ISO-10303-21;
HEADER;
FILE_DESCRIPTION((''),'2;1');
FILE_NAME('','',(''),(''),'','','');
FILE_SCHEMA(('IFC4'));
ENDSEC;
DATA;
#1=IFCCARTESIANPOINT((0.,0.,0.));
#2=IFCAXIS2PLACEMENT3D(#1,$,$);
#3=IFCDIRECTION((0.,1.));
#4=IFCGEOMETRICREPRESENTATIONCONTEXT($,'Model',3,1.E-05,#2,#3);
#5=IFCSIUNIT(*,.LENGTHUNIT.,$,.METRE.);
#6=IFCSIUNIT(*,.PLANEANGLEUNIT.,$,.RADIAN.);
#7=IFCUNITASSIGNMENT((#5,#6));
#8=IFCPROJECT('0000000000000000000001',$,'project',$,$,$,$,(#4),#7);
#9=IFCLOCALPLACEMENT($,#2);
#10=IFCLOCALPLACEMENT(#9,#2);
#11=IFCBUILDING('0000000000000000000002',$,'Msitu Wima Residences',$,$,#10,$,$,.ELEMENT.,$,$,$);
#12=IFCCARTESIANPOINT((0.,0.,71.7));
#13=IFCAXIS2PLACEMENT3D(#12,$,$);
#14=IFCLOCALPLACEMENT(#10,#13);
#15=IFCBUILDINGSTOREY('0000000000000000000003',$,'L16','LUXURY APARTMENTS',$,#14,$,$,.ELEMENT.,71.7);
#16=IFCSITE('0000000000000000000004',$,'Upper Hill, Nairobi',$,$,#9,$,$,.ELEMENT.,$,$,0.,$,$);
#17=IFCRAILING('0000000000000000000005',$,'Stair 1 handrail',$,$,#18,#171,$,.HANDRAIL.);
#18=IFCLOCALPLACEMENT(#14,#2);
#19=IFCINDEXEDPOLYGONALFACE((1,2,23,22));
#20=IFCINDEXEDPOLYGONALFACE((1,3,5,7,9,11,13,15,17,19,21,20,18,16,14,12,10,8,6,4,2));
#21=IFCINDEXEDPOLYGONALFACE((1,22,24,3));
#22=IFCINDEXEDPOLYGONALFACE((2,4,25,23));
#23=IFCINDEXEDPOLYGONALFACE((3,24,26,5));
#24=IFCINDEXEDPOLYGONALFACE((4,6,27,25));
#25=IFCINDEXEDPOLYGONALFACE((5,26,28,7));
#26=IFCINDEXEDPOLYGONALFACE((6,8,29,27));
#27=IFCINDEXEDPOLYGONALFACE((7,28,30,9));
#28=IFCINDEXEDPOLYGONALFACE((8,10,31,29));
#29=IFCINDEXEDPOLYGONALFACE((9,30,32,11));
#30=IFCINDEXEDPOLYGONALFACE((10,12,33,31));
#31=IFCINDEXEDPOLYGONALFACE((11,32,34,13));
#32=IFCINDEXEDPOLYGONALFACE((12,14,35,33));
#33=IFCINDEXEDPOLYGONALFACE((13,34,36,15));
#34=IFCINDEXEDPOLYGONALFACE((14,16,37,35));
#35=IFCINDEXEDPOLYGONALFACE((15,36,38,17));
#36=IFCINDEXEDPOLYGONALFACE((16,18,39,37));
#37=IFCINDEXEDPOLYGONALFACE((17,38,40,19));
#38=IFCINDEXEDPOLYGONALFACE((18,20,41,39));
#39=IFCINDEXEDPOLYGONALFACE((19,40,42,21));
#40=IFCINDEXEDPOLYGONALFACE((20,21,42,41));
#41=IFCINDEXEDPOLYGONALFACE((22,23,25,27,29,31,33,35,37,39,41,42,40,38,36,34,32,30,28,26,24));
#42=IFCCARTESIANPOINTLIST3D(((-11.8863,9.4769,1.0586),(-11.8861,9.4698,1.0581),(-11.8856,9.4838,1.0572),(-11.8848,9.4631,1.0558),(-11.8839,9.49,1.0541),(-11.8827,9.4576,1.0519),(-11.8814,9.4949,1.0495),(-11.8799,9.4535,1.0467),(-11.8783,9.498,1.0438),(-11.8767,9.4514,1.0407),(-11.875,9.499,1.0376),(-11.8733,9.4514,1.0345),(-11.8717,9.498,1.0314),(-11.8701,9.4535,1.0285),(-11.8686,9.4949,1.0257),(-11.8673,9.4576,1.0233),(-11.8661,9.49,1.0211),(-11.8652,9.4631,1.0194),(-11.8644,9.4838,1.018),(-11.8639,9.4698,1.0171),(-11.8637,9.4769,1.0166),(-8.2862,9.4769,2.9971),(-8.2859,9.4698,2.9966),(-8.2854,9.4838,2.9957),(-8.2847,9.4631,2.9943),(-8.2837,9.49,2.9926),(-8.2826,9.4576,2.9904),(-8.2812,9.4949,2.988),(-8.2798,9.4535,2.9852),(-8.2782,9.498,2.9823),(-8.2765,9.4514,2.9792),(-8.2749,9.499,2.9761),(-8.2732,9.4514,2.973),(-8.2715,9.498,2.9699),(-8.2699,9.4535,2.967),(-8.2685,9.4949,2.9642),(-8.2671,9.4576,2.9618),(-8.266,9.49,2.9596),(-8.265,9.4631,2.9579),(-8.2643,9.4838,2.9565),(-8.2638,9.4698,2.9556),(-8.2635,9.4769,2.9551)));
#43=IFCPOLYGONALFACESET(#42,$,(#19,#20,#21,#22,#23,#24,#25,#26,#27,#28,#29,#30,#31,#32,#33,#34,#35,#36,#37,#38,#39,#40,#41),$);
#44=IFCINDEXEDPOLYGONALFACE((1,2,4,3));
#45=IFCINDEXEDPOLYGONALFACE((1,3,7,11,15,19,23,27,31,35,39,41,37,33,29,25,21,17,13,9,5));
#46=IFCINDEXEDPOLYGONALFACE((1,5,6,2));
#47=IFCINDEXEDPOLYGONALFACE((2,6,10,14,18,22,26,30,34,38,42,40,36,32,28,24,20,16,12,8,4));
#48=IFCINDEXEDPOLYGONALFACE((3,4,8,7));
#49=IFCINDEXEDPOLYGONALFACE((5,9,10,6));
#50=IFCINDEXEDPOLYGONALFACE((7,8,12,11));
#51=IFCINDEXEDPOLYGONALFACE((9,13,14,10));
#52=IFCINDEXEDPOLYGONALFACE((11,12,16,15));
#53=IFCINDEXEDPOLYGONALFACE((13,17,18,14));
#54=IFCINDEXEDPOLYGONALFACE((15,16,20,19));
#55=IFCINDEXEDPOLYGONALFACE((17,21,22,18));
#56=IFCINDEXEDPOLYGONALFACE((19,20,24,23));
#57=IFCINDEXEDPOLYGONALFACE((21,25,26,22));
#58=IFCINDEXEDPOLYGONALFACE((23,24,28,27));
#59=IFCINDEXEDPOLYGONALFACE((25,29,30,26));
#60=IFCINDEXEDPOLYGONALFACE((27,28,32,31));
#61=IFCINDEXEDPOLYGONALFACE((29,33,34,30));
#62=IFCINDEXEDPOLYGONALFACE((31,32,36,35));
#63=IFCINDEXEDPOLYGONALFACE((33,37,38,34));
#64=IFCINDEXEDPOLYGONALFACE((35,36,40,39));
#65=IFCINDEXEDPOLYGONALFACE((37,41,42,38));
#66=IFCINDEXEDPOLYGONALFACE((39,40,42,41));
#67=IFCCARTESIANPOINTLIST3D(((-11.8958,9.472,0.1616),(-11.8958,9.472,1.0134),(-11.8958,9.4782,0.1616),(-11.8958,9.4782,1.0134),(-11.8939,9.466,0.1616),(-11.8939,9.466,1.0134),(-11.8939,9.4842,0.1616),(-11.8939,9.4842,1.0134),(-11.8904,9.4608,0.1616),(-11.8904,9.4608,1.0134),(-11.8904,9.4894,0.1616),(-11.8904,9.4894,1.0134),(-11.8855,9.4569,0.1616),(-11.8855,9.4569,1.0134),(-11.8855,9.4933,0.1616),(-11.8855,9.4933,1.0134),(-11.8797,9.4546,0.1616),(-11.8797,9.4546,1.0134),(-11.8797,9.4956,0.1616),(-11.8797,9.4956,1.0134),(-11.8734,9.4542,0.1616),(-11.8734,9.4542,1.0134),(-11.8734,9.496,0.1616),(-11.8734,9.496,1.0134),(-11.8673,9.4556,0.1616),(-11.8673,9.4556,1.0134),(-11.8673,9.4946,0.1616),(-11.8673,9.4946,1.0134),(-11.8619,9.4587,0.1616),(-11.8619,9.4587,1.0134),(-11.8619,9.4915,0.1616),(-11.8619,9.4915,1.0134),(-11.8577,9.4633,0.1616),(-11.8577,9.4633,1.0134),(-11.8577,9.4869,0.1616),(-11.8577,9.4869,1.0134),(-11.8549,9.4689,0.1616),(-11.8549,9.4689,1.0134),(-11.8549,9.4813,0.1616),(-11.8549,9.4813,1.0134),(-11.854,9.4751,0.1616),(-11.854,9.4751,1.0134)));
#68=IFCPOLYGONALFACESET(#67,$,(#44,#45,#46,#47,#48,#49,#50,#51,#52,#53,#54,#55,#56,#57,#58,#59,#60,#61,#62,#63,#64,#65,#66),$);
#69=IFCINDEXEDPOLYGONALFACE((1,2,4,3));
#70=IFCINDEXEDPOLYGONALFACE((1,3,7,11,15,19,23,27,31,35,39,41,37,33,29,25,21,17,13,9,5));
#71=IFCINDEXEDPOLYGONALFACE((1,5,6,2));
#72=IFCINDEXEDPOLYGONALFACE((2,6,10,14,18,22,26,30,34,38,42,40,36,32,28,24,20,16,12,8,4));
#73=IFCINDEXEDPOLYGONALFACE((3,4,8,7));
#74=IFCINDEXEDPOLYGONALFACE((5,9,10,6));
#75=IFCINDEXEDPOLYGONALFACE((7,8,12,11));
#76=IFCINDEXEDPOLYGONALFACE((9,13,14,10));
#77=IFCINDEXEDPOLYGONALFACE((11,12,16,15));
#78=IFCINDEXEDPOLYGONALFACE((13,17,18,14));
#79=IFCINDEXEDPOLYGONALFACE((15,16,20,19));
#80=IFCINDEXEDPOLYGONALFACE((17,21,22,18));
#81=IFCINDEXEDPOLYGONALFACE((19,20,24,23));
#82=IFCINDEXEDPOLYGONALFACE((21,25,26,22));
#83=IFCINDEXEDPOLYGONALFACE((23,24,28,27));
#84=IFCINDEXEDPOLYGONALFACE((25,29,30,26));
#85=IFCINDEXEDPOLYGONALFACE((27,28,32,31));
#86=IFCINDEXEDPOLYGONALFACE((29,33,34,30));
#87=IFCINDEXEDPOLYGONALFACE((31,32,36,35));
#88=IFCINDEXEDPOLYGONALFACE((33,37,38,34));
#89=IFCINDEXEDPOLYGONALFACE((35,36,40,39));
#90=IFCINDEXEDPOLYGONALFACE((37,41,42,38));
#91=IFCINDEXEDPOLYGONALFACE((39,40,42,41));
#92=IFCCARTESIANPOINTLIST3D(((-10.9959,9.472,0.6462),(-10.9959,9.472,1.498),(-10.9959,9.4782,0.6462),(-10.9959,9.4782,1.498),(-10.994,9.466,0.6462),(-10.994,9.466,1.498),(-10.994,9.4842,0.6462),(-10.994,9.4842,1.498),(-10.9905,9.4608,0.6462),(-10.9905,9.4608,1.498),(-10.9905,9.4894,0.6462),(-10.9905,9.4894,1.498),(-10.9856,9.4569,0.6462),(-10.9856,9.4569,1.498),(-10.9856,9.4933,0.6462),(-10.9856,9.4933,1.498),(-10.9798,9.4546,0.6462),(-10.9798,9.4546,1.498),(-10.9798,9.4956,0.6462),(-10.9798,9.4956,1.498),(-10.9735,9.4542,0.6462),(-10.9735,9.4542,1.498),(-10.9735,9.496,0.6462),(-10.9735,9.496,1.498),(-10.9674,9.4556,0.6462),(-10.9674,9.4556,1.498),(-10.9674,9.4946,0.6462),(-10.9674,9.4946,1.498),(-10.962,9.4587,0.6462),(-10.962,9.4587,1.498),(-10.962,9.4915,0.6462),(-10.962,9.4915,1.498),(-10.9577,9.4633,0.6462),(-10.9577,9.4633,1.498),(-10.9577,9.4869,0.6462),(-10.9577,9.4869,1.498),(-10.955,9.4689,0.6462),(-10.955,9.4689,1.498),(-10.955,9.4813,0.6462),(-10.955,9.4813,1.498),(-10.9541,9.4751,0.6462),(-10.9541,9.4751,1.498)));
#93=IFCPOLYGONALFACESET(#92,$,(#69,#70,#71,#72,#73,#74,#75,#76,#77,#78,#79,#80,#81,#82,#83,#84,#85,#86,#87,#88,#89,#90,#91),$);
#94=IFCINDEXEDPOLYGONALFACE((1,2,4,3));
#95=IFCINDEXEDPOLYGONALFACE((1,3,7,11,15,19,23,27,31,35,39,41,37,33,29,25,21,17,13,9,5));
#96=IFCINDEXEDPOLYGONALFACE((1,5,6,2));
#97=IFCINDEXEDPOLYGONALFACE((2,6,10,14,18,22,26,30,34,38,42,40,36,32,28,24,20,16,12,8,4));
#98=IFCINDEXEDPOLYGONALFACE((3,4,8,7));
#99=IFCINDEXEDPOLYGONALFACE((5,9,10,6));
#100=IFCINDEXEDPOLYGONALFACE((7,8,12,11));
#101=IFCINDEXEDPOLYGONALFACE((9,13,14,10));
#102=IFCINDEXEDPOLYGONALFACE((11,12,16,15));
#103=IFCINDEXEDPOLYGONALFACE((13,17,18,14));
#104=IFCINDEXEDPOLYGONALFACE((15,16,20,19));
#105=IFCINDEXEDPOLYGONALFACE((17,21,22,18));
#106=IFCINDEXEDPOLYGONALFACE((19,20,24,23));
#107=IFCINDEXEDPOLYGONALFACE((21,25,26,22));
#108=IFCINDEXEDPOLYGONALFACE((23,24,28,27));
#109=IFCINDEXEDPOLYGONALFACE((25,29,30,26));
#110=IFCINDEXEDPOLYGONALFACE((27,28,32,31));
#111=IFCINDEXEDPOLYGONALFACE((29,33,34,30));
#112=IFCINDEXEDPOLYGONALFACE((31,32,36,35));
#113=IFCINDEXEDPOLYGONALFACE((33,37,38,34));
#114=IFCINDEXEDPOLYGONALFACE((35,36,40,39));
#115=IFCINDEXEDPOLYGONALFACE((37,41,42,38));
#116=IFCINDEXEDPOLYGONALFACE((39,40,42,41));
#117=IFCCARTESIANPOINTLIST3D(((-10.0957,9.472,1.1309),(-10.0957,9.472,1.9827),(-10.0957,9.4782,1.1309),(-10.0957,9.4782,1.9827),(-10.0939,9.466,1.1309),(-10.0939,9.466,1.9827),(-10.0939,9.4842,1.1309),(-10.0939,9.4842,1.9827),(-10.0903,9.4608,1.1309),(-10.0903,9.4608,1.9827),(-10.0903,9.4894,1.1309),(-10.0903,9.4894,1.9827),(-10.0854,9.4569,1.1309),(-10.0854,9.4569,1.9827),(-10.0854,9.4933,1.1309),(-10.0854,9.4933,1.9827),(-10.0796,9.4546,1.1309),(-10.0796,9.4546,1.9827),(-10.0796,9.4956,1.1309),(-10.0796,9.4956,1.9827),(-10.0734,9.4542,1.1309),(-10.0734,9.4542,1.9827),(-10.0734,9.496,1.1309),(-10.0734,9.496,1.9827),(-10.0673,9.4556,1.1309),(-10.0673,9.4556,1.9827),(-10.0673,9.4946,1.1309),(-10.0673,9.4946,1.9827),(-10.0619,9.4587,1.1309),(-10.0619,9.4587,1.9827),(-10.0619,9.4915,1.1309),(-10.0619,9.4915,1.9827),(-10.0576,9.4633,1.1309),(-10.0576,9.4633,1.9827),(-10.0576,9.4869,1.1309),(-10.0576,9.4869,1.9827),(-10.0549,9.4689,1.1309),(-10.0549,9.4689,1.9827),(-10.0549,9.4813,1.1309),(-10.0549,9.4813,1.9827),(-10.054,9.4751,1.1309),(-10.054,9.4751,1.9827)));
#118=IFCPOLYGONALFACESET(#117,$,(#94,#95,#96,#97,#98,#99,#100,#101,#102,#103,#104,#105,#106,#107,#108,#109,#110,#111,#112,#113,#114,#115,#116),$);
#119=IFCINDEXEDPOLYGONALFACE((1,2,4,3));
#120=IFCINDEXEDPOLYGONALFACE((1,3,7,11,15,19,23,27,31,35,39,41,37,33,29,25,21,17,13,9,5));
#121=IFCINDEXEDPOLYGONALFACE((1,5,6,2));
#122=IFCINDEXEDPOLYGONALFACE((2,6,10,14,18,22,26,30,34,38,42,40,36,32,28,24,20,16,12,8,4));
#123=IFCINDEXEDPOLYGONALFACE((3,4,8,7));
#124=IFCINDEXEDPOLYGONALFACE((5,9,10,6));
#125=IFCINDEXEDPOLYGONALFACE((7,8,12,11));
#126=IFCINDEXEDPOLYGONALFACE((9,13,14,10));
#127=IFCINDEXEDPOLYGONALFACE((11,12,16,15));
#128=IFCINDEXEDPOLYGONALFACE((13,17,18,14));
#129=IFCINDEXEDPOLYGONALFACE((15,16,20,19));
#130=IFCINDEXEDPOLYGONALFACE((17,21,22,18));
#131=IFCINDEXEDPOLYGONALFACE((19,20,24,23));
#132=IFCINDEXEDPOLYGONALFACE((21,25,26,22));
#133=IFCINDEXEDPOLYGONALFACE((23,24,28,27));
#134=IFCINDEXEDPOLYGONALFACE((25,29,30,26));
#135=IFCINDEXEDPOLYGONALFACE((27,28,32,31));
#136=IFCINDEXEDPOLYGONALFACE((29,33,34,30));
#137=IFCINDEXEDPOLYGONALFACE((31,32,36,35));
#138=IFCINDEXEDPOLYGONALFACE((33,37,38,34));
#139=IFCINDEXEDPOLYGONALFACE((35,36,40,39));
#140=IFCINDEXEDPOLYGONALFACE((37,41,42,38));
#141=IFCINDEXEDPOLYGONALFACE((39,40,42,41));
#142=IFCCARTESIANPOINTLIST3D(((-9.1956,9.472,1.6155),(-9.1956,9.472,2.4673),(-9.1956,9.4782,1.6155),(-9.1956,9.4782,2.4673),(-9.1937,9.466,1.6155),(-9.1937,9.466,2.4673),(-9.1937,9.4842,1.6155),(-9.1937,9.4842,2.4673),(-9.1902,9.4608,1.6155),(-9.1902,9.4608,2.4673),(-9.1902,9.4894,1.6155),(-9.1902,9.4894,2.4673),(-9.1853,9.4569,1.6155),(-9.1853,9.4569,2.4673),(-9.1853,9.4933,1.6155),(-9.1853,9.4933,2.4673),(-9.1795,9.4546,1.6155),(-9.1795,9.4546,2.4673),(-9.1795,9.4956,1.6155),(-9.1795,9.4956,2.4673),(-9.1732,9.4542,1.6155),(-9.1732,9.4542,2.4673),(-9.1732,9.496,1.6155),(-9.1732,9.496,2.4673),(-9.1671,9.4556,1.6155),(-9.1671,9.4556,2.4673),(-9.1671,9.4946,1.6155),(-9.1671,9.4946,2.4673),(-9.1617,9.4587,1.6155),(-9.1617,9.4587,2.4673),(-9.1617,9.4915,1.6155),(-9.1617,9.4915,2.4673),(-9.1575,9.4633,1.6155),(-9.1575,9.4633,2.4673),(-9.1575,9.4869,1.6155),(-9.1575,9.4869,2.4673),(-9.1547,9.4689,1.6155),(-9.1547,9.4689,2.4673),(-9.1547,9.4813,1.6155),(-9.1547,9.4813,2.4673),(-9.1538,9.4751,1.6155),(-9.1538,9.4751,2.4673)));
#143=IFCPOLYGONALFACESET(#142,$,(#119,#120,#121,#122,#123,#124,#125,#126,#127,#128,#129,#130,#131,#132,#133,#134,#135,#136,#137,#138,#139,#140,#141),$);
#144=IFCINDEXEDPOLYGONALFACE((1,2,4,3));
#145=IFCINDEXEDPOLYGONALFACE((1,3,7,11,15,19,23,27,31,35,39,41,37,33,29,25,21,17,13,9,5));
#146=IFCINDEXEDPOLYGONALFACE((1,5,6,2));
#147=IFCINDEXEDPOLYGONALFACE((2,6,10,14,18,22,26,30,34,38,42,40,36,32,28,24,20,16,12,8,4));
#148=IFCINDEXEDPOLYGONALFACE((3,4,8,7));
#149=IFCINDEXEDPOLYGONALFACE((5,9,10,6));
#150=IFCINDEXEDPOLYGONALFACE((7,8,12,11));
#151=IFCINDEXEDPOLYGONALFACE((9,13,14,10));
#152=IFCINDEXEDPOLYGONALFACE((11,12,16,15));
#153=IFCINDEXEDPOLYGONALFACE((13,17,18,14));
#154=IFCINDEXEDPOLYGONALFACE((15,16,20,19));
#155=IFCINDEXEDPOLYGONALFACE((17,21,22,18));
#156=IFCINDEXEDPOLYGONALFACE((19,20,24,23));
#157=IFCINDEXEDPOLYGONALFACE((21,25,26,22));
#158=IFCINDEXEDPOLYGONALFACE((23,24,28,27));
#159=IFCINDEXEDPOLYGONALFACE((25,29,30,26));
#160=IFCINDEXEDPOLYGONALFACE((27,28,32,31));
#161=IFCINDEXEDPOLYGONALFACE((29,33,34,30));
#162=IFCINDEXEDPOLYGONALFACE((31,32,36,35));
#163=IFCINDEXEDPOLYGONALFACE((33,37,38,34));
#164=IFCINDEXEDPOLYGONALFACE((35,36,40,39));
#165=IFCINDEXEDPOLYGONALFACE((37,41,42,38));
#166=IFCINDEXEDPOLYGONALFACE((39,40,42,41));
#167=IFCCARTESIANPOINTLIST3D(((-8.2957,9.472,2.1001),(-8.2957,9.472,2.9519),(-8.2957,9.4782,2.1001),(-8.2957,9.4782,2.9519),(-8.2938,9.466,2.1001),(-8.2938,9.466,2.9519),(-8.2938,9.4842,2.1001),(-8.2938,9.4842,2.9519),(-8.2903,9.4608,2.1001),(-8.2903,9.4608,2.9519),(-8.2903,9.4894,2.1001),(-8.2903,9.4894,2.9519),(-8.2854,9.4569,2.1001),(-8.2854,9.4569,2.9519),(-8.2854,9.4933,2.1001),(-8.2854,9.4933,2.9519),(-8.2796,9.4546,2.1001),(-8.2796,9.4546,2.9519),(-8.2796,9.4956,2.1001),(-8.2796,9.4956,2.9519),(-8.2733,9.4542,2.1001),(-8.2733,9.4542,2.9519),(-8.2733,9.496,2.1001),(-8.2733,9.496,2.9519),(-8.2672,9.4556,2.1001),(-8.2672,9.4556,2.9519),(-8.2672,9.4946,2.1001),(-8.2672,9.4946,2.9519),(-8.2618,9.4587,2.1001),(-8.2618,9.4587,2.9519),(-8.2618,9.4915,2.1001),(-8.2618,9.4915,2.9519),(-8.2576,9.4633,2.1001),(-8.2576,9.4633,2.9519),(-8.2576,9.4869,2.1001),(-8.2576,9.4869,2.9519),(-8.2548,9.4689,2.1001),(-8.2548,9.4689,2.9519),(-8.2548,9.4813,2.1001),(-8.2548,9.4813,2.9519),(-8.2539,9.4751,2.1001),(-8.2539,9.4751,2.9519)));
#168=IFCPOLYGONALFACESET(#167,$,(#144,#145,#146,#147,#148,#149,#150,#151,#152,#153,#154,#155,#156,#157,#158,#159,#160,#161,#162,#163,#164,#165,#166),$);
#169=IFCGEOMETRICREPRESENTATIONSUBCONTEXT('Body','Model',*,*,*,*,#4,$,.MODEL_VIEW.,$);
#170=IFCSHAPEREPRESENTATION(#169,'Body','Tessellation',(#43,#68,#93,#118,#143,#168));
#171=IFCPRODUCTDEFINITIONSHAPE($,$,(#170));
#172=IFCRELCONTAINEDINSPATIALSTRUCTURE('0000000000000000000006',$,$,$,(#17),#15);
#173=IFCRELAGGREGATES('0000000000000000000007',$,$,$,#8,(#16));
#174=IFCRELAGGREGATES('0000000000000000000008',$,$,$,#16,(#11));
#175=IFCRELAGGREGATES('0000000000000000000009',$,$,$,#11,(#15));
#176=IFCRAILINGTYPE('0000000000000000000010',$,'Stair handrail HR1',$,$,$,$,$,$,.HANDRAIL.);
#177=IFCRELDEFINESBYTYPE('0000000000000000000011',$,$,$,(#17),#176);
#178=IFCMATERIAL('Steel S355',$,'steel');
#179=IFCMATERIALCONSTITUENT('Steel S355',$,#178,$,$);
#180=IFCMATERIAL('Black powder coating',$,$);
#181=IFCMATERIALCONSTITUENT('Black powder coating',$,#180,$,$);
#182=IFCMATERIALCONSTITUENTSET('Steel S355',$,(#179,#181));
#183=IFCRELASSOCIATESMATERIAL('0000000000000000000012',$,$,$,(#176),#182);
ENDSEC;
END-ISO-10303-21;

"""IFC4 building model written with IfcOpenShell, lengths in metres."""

from ifc_helpers import new_model, si_unit, direction, frame, origin, origin_2d, place, context, subcontext, project, spatial, circle, extrude, material, constituent, constituent_set, type_object, element, save


model = new_model("IFC4")

# Units and contexts
model_context = context("Model", 3, precision=1e-05, world=origin(), true_north=direction((0.0, 1.0)))
body_context = subcontext(model_context, "Body", "Model", "MODEL_VIEW")
ifc_project = project(units=[si_unit("LENGTHUNIT", "METRE"), si_unit("PLANEANGLEUNIT", "RADIAN")], contexts=[model_context])

# Site, building, storey
site_placement = place(None, origin())
site = spatial("IfcSite", under=ifc_project, at=site_placement, Name="Upper Hill, Nairobi", CompositionType="ELEMENT", RefElevation=0.0)
building_placement = place(site_placement, origin())
building = spatial("IfcBuilding", under=site, at=building_placement, Name="Msitu Wima Residences", CompositionType="ELEMENT")
storey_placement = place(building_placement, frame((0.0, 0.0, 71.7)))
storey = spatial("IfcBuildingStorey", under=building, at=storey_placement, Name="L16", Description="LUXURY APARTMENTS", CompositionType="ELEMENT", Elevation=71.7)

# Railing
ifc_material_1 = material(Name="Steel S355", Category="steel")
ifc_constituent_1 = constituent(ifc_material_1, Name="Steel S355")
ifc_material_2 = material(Name="Black powder coating")
ifc_constituent_2 = constituent(ifc_material_2, Name="Black powder coating")
ifc_constituent_set = constituent_set(constituents=[ifc_constituent_1, ifc_constituent_2], Name="Steel S355")
railing_type = type_object("IfcRailingType", Name="Stair handrail HR1", PredefinedType="HANDRAIL", material=ifc_constituent_set)
for number, where, name in (
    (1, (-11.875, 9.4751, 0.1616), "Stair 1 handrail"),
):
    element("IfcRailing", number, at=place(storey_placement, frame(where)), inside=storey, type_object=railing_type, Name=name, PredefinedType="HANDRAIL", context=body_context, shape_type="SweptSolid", body=[
        extrude(circle(Radius=0.0239, at=origin_2d()), frame((0.0, 0.0, 0.876), z_axis=(0.880475, 0.0, 0.474093), x_axis=(0.0, 1.0, 0.0)), (0.0, 0.0, 1.0), 4.0889),
        extrude(circle(Radius=0.021, at=origin_2d()), origin(), (0.0, 0.0, 1.0), 0.8518),
        extrude(circle(Radius=0.021, at=origin_2d()), frame((0.8999, 0.0, 0.4846)), (0.0, 0.0, 1.0), 0.8518),
        extrude(circle(Radius=0.021, at=origin_2d()), frame((1.8, 0.0, 0.9692)), (0.0, 0.0, 1.0), 0.8518),
        extrude(circle(Radius=0.021, at=origin_2d()), frame((2.7002, 0.0, 1.4539)), (0.0, 0.0, 1.0), 0.8518),
        extrude(circle(Radius=0.021, at=origin_2d()), frame((3.6001, 0.0, 1.9385)), (0.0, 0.0, 1.0), 0.8518),
    ])

save(model, "model.ifc")
